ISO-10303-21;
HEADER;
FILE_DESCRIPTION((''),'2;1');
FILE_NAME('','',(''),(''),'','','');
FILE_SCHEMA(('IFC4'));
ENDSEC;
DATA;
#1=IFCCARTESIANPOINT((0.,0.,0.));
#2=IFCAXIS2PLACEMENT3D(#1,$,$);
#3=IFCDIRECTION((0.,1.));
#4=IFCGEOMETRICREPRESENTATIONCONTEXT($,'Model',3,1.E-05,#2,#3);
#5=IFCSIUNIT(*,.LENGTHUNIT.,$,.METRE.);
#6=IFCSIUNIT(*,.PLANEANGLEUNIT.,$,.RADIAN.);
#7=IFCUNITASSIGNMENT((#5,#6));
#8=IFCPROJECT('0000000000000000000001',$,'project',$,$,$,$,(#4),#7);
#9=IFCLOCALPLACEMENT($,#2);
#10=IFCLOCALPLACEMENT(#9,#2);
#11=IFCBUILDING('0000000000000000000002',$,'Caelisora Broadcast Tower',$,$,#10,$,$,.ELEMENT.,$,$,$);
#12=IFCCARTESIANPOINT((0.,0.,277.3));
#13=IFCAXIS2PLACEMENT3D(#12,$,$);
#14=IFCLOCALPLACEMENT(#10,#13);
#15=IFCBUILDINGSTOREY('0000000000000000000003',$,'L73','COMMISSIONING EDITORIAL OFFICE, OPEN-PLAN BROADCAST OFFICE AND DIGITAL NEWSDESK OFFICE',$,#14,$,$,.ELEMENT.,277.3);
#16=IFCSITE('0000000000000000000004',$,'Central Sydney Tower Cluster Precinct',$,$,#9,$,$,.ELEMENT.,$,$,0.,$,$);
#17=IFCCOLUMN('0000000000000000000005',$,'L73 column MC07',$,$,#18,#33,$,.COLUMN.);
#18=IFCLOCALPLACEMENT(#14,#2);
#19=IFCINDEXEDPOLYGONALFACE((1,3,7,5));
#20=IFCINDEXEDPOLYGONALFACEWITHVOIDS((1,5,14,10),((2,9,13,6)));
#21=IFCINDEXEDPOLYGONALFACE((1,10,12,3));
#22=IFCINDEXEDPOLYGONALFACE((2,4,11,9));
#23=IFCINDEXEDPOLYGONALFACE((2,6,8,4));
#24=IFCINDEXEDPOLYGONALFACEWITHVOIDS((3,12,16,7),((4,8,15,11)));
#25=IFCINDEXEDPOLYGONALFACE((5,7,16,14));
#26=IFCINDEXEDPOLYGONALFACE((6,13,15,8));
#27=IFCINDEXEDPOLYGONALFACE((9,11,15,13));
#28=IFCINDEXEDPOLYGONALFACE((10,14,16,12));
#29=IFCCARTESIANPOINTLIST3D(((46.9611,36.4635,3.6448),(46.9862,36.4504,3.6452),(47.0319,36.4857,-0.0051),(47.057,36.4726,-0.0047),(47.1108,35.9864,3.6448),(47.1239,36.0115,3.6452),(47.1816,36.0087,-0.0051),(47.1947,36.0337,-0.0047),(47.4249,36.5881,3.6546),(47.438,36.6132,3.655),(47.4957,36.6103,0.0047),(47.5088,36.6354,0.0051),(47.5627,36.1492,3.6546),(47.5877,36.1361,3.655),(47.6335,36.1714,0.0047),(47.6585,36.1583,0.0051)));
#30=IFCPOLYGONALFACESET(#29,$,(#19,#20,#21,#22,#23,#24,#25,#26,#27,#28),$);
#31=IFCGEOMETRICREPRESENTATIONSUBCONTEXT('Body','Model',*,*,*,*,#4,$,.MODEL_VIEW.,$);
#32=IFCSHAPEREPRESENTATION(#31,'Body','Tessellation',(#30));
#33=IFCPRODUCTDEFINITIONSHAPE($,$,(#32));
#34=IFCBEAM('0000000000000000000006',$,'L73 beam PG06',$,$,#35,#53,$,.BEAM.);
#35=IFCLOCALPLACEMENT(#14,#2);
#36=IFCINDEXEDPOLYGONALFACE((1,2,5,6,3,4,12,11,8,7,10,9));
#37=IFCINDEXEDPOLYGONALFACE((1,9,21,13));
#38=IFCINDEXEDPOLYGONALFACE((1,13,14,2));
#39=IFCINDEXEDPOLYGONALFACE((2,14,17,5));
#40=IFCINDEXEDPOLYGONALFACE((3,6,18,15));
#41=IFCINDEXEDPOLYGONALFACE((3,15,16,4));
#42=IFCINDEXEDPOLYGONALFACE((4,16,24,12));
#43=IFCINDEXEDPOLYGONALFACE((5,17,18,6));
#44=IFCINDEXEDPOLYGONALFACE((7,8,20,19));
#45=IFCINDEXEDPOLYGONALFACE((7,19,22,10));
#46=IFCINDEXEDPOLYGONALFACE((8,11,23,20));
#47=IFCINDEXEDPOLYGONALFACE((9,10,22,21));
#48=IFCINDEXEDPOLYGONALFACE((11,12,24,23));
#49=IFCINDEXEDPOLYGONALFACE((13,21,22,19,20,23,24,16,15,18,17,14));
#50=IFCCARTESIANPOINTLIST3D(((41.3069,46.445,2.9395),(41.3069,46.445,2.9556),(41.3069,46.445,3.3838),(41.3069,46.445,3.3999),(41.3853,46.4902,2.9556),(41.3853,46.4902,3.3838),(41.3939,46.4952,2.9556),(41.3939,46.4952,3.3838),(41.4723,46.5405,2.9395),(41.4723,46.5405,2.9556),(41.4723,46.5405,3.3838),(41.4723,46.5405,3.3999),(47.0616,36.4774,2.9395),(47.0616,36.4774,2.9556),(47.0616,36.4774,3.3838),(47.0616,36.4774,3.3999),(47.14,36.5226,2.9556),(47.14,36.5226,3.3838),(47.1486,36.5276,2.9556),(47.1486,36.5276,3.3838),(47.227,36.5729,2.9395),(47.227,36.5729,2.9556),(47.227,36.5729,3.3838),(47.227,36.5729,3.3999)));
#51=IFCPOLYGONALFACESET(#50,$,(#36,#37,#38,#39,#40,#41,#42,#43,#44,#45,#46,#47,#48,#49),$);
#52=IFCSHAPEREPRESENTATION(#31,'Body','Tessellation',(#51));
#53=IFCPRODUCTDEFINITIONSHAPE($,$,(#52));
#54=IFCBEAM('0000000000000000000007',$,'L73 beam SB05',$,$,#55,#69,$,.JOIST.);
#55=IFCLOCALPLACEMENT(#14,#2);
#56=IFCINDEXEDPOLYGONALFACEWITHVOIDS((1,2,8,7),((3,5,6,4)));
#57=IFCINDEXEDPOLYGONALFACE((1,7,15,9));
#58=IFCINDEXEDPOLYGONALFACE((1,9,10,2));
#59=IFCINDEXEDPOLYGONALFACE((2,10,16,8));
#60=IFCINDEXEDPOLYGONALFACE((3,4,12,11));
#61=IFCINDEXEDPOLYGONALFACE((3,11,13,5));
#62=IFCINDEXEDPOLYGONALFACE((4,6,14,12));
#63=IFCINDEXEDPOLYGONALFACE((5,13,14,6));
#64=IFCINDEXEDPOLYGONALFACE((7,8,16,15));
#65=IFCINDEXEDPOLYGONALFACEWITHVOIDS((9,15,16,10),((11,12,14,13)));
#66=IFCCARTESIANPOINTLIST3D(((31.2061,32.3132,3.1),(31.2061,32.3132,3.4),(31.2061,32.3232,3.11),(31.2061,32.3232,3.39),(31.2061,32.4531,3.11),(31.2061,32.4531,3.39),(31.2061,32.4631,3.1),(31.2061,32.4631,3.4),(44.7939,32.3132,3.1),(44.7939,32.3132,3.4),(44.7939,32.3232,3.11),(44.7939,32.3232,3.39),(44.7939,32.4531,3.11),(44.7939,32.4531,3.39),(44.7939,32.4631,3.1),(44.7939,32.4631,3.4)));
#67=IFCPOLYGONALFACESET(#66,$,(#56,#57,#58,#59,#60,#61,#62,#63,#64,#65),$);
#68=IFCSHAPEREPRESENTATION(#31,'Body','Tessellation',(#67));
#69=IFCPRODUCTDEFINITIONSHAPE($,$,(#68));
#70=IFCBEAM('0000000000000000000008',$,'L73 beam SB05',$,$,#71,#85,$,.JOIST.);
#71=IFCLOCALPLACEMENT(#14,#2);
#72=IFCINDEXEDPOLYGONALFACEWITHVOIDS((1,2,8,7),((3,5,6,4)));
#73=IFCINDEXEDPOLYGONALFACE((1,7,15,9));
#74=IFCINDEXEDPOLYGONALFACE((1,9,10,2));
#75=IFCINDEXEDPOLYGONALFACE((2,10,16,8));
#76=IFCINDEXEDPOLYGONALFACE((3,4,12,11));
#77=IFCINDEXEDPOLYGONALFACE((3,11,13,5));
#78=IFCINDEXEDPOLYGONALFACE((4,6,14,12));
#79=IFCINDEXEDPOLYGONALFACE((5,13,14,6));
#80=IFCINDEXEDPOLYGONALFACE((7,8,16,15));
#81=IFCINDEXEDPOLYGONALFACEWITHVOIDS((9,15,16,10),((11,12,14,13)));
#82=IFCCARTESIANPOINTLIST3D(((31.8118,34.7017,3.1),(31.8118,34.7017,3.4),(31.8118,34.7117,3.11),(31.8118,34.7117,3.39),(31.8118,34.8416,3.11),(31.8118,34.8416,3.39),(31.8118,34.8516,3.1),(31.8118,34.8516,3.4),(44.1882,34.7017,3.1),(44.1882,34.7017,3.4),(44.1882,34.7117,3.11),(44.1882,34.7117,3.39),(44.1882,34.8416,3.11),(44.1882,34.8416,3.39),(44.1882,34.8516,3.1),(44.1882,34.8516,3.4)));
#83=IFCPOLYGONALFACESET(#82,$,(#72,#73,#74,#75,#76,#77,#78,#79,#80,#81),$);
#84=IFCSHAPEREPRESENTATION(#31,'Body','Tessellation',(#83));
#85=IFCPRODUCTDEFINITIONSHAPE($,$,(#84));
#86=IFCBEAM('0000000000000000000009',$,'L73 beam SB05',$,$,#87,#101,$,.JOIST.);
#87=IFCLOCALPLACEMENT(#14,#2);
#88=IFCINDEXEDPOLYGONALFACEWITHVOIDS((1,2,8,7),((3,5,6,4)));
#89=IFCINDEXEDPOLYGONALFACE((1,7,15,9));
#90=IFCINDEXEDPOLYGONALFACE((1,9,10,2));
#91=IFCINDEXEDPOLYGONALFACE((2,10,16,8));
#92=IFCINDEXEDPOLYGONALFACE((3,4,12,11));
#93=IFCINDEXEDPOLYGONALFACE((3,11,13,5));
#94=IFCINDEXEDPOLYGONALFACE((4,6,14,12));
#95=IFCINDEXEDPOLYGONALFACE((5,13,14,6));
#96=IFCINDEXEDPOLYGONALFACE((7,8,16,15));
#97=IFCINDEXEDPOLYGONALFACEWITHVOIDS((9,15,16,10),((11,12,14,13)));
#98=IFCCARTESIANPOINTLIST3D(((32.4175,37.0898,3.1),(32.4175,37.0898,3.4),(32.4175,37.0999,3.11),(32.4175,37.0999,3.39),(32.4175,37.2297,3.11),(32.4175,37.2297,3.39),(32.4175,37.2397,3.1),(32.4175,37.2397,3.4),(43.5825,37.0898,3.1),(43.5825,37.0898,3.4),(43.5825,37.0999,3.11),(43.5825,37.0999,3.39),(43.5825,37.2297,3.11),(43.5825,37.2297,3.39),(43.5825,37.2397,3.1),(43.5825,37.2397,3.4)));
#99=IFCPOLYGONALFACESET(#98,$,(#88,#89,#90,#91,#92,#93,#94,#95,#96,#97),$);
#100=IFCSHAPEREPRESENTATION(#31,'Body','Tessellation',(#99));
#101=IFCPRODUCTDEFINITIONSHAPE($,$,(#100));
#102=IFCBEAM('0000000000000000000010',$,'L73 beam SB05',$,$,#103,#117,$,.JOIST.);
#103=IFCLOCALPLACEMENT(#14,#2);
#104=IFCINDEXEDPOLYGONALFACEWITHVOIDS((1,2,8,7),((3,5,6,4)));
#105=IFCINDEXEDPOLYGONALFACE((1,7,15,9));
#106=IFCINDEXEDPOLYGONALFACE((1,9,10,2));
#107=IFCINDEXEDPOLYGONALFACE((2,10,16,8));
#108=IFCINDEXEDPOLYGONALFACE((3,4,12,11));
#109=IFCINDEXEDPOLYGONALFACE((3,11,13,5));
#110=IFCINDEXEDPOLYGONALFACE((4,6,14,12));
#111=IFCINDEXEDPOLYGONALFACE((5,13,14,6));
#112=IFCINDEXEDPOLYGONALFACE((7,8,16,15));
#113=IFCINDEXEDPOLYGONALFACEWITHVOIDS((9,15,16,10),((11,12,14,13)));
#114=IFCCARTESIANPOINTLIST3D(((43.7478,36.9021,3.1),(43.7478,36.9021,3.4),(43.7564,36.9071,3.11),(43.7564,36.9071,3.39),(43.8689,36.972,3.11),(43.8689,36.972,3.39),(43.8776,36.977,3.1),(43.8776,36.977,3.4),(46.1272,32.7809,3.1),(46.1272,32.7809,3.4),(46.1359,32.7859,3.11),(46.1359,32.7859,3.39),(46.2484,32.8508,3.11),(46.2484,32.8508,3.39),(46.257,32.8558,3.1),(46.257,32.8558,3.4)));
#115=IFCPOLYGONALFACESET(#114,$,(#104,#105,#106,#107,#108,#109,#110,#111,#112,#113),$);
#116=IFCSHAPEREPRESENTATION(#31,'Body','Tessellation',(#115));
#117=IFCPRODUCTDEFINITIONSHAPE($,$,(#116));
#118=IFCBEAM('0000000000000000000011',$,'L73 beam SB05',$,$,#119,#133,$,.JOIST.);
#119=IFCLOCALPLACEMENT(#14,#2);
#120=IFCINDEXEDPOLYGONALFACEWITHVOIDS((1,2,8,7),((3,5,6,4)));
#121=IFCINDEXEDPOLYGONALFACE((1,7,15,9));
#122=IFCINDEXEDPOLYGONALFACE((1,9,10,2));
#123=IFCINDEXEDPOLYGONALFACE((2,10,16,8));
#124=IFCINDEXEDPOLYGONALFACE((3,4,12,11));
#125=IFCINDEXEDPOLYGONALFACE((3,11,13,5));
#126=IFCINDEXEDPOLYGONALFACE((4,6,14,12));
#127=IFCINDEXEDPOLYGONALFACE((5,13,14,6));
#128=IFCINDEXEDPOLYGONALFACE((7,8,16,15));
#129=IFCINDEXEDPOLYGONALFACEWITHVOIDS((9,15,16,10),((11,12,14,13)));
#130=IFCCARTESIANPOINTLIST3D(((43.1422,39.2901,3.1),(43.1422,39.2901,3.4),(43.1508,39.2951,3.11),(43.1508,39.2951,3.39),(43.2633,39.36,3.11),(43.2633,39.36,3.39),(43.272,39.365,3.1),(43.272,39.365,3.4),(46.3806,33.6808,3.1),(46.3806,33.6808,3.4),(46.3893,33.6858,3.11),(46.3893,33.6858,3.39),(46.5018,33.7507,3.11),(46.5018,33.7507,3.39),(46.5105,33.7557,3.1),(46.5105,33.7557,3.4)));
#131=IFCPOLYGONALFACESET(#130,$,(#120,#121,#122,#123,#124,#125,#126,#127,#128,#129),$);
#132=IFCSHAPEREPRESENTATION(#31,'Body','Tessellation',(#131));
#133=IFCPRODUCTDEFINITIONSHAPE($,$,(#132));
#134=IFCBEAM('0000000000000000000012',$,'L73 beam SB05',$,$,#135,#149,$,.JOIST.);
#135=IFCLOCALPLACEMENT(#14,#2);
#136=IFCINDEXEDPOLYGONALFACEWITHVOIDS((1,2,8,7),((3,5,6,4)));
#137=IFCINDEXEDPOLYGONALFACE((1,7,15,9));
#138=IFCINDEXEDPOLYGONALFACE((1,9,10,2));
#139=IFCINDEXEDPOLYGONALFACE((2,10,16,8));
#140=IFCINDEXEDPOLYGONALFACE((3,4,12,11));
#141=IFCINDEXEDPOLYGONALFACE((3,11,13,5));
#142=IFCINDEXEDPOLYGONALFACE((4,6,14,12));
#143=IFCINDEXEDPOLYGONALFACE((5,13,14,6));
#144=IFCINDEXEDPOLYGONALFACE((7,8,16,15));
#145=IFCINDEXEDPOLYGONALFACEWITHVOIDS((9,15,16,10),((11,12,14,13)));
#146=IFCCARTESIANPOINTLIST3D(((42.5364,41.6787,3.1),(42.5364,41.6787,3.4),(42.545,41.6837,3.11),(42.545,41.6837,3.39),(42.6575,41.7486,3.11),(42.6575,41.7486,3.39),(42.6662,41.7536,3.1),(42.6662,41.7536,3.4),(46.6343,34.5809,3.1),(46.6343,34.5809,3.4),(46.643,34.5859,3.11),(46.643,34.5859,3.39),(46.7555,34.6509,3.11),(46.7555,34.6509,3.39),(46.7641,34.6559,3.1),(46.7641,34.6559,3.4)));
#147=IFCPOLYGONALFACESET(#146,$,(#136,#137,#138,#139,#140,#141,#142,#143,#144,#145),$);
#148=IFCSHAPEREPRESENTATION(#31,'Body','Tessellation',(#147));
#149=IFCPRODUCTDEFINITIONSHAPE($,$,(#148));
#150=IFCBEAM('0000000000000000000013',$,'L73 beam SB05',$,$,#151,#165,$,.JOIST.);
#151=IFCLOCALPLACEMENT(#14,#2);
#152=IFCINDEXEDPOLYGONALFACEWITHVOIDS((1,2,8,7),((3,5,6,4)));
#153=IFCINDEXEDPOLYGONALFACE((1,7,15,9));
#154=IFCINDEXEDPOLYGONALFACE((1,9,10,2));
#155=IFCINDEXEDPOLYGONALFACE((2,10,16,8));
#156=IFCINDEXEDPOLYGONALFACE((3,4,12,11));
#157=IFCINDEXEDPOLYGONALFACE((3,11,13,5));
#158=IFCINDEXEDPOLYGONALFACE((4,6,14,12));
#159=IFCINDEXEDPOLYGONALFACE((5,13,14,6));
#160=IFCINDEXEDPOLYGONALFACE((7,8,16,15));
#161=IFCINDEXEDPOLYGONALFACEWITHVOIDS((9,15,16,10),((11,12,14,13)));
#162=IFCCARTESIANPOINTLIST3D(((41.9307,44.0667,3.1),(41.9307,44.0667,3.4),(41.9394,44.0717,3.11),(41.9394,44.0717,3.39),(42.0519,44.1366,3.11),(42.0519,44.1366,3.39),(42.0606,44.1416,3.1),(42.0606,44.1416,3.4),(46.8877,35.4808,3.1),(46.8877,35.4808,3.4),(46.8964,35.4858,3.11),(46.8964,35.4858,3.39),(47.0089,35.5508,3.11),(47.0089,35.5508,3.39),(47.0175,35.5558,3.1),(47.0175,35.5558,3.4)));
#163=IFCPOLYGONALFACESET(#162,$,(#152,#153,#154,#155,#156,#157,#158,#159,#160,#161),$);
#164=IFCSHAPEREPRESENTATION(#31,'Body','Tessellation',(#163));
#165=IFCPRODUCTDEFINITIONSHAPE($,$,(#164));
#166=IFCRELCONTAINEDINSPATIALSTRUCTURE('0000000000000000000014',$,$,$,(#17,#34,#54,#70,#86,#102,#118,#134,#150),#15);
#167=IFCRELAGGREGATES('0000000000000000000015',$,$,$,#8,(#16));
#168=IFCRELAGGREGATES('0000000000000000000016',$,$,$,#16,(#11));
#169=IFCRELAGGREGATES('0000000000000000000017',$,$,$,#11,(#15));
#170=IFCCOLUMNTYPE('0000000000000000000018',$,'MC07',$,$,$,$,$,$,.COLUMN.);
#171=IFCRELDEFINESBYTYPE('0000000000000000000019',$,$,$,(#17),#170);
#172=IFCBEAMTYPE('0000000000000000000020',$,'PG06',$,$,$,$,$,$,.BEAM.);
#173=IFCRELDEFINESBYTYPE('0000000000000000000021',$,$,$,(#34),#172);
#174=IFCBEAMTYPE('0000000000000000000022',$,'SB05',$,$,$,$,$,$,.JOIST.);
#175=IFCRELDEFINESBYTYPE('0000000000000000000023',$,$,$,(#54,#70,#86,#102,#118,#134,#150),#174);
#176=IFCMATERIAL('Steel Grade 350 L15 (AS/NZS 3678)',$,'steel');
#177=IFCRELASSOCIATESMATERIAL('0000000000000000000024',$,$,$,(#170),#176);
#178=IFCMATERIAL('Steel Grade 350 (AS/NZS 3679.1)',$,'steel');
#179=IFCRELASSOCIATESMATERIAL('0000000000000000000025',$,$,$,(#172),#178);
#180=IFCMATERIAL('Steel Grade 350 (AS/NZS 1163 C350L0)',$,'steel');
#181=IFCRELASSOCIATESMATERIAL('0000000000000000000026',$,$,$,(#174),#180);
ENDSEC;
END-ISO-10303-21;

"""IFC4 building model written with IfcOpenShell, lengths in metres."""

from ifc_helpers import new_model, si_unit, direction, frame, origin, origin_2d, place, context, subcontext, project, spatial, hollow_rectangle, i_section, extrude, source, transform, mapped, material, material_profile, profile_set, type_object, type_shapes, element, save


model = new_model("IFC4")

# Units and contexts
model_context = context("Model", 3, precision=1e-05, world=origin(), true_north=direction((0.0, 1.0)))
body_context = subcontext(model_context, "Body", "Model", "MODEL_VIEW")
ifc_project = project(units=[si_unit("LENGTHUNIT", "METRE"), si_unit("PLANEANGLEUNIT", "RADIAN")], contexts=[model_context])

# Site, building, storey
site_placement = place(None, origin())
site = spatial("IfcSite", under=ifc_project, at=site_placement, Name="Central Sydney Tower Cluster Precinct", CompositionType="ELEMENT", RefElevation=0.0)
building_placement = place(site_placement, origin())
building = spatial("IfcBuilding", under=site, at=building_placement, Name="Caelisora Broadcast Tower", CompositionType="ELEMENT")
storey_placement = place(building_placement, frame((0.0, 0.0, 277.3)))
storey = spatial("IfcBuildingStorey", under=building, at=storey_placement, Name="L73", Description="COMMISSIONING EDITORIAL OFFICE, OPEN-PLAN BROADCAST OFFICE AND DIGITAL NEWSDESK OFFICE", CompositionType="ELEMENT", Elevation=277.3)

# Column
ifc_material_1 = material(Name="Steel Grade 350 L15 (AS/NZS 3678)", Category="steel")
ifc_material_profile_1 = material_profile(ifc_material_1, hollow_rectangle(XDim=0.5, YDim=0.5, WallThickness=0.02, at=origin_2d()), Name="Steel Grade 350 L15 (AS/NZS 3678)")
ifc_profile_set_1 = profile_set([ifc_material_profile_1], Name="Steel Grade 350 L15 (AS/NZS 3678)")
column_type = type_object("IfcColumnType", Name="MC07", PredefinedType="COLUMN", material=ifc_profile_set_1)
shared_shape_1 = source(origin(), body_context, "Body", "SweptSolid", [
    extrude(hollow_rectangle(XDim=0.5, YDim=0.5, WallThickness=0.02, at=origin_2d()), origin(), (0.0, 0.0, 1.0), 3.6506),
])
type_shapes(column_type, [shared_shape_1])
column_placement = place(storey_placement, frame((47.3452, 36.322, 0.0), z_axis=(-0.019394, -0.006086, 0.999793), x_axis=(0.299399, -0.954128, 0.0)))
element("IfcColumn", 1, at=column_placement, inside=storey, type_object=column_type, Name="L73 column MC07", PredefinedType="COLUMN", context=body_context, shape_type="MappedRepresentation", body=[
    mapped(shared_shape_1, transform((0.0, 0.0, 0.0), scale=1.0)),
])

# Beams
ifc_material_2 = material(Name="Steel Grade 350 (AS/NZS 3679.1)", Category="steel")
ifc_material_profile_2 = material_profile(ifc_material_2, i_section(OverallWidth=0.1909, OverallDepth=0.4604, WebThickness=0.01, FlangeThickness=0.0161, at=origin_2d()), Name="Steel Grade 350 (AS/NZS 3679.1)")
ifc_profile_set_2 = profile_set([ifc_material_profile_2], Name="Steel Grade 350 (AS/NZS 3679.1)")
beam_type_1 = type_object("IfcBeamType", Name="PG06", PredefinedType="BEAM", material=ifc_profile_set_2)
shared_shape_2 = source(origin(), body_context, "Body", "SweptSolid", [
    extrude(i_section(OverallWidth=0.1909, OverallDepth=0.4604, WebThickness=0.01, FlangeThickness=0.0161, at=origin_2d()), origin(), (0.0, 0.0, 1.0), 11.5095),
])
type_shapes(beam_type_1, [shared_shape_2])
beam_1_placement = place(storey_placement, frame((47.1443, 36.5251, 3.1697), z_axis=(-0.499992, 0.86603, 0.0), x_axis=(-0.86603, -0.499992, 0.0)))
element("IfcBeam", 2, at=beam_1_placement, inside=storey, type_object=beam_type_1, Name="L73 beam PG06", PredefinedType="BEAM", context=body_context, shape_type="MappedRepresentation", body=[
    mapped(shared_shape_2, transform((0.0, 0.0, 0.0), scale=1.0)),
])
ifc_material_3 = material(Name="Steel Grade 350 (AS/NZS 1163 C350L0)", Category="steel")
ifc_material_profile_3 = material_profile(ifc_material_3, hollow_rectangle(XDim=0.1499, YDim=0.3, WallThickness=0.01, at=origin_2d()), Name="Steel Grade 350 (AS/NZS 1163 C350L0)")
ifc_profile_set_3 = profile_set([ifc_material_profile_3], Name="Steel Grade 350 (AS/NZS 1163 C350L0)")
beam_type_2 = type_object("IfcBeamType", Name="SB05", PredefinedType="JOIST", material=ifc_profile_set_3)
shared_shape_3 = source(origin(), body_context, "Body", "SweptSolid", [
    extrude(hollow_rectangle(XDim=0.1499, YDim=0.3, WallThickness=0.01, at=origin_2d()), origin(), (0.0, 0.0, 1.0), 13.5879),
])
beam_2_placement = place(storey_placement, frame((44.7939, 32.3882, 3.25), z_axis=(-1.0, 0.0, 0.0), x_axis=(0.0, -1.0, 0.0)))
element("IfcBeam", 3, at=beam_2_placement, inside=storey, type_object=beam_type_2, Name="L73 beam SB05", PredefinedType="JOIST", context=body_context, shape_type="MappedRepresentation", body=[
    mapped(shared_shape_3, transform((0.0, 0.0, 0.0), scale=1.0)),
])
shared_shape_4 = source(origin(), body_context, "Body", "SweptSolid", [
    extrude(hollow_rectangle(XDim=0.1499, YDim=0.3, WallThickness=0.01, at=origin_2d()), origin(), (0.0, 0.0, 1.0), 12.3765),
])
beam_3_placement = place(storey_placement, frame((44.1882, 34.7766, 3.25), z_axis=(-1.0, 0.0, 0.0), x_axis=(0.0, -1.0, 0.0)))
element("IfcBeam", 4, at=beam_3_placement, inside=storey, type_object=beam_type_2, Name="L73 beam SB05", PredefinedType="JOIST", context=body_context, shape_type="MappedRepresentation", body=[
    mapped(shared_shape_4, transform((0.0, 0.0, 0.0), scale=1.0)),
])
shared_shape_5 = source(origin(), body_context, "Body", "SweptSolid", [
    extrude(hollow_rectangle(XDim=0.1499, YDim=0.3, WallThickness=0.01, at=origin_2d()), origin(), (0.0, 0.0, 1.0), 11.165),
])
beam_4_placement = place(storey_placement, frame((43.5825, 37.1648, 3.25), z_axis=(-1.0, 0.0, 0.0), x_axis=(0.0, -1.0, 0.0)))
element("IfcBeam", 5, at=beam_4_placement, inside=storey, type_object=beam_type_2, Name="L73 beam SB05", PredefinedType="JOIST", context=body_context, shape_type="MappedRepresentation", body=[
    mapped(shared_shape_5, transform((0.0, 0.0, 0.0), scale=1.0)),
])
shared_shape_6 = source(origin(), body_context, "Body", "SweptSolid", [
    extrude(hollow_rectangle(XDim=0.1499, YDim=0.3, WallThickness=0.01, at=origin_2d()), origin(), (0.0, 0.0, 1.0), 4.7588),
])
beam_5_placement = place(storey_placement, frame((46.1921, 32.8184, 3.25), z_axis=(-0.500013, 0.866018, 0.0), x_axis=(-0.866018, -0.500013, 0.0)))
element("IfcBeam", 6, at=beam_5_placement, inside=storey, type_object=beam_type_2, Name="L73 beam SB05", PredefinedType="JOIST", context=body_context, shape_type="MappedRepresentation", body=[
    mapped(shared_shape_6, transform((0.0, 0.0, 0.0), scale=1.0)),
])
shared_shape_7 = source(origin(), body_context, "Body", "SweptSolid", [
    extrude(hollow_rectangle(XDim=0.1499, YDim=0.3, WallThickness=0.01, at=origin_2d()), origin(), (0.0, 0.0, 1.0), 6.4771),
])
beam_6_placement = place(storey_placement, frame((46.4456, 33.7183, 3.25), z_axis=(-0.499994, 0.866029, 0.0), x_axis=(-0.866029, -0.499994, 0.0)))
element("IfcBeam", 7, at=beam_6_placement, inside=storey, type_object=beam_type_2, Name="L73 beam SB05", PredefinedType="JOIST", context=body_context, shape_type="MappedRepresentation", body=[
    mapped(shared_shape_7, transform((0.0, 0.0, 0.0), scale=1.0)),
])
shared_shape_8 = source(origin(), body_context, "Body", "SweptSolid", [
    extrude(hollow_rectangle(XDim=0.1499, YDim=0.3, WallThickness=0.01, at=origin_2d()), origin(), (0.0, 0.0, 1.0), 8.1958),
])
beam_7_placement = place(storey_placement, frame((46.6992, 34.6184, 3.25), z_axis=(-0.500006, 0.866022, 0.0), x_axis=(-0.866022, -0.500006, 0.0)))
element("IfcBeam", 8, at=beam_7_placement, inside=storey, type_object=beam_type_2, Name="L73 beam SB05", PredefinedType="JOIST", context=body_context, shape_type="MappedRepresentation", body=[
    mapped(shared_shape_8, transform((0.0, 0.0, 0.0), scale=1.0)),
])
shared_shape_9 = source(origin(), body_context, "Body", "SweptSolid", [
    extrude(hollow_rectangle(XDim=0.1499, YDim=0.3, WallThickness=0.01, at=origin_2d()), origin(), (0.0, 0.0, 1.0), 9.9141),
])
type_shapes(beam_type_2, [shared_shape_3, shared_shape_4, shared_shape_5, shared_shape_6, shared_shape_7, shared_shape_8, shared_shape_9])
beam_8_placement = place(storey_placement, frame((46.9526, 35.5183, 3.25), z_axis=(-0.499995, 0.866028, 0.0), x_axis=(-0.866028, -0.499995, 0.0)))
element("IfcBeam", 9, at=beam_8_placement, inside=storey, type_object=beam_type_2, Name="L73 beam SB05", PredefinedType="JOIST", context=body_context, shape_type="MappedRepresentation", body=[
    mapped(shared_shape_9, transform((0.0, 0.0, 0.0), scale=1.0)),
])

save(model, "model.ifc")
